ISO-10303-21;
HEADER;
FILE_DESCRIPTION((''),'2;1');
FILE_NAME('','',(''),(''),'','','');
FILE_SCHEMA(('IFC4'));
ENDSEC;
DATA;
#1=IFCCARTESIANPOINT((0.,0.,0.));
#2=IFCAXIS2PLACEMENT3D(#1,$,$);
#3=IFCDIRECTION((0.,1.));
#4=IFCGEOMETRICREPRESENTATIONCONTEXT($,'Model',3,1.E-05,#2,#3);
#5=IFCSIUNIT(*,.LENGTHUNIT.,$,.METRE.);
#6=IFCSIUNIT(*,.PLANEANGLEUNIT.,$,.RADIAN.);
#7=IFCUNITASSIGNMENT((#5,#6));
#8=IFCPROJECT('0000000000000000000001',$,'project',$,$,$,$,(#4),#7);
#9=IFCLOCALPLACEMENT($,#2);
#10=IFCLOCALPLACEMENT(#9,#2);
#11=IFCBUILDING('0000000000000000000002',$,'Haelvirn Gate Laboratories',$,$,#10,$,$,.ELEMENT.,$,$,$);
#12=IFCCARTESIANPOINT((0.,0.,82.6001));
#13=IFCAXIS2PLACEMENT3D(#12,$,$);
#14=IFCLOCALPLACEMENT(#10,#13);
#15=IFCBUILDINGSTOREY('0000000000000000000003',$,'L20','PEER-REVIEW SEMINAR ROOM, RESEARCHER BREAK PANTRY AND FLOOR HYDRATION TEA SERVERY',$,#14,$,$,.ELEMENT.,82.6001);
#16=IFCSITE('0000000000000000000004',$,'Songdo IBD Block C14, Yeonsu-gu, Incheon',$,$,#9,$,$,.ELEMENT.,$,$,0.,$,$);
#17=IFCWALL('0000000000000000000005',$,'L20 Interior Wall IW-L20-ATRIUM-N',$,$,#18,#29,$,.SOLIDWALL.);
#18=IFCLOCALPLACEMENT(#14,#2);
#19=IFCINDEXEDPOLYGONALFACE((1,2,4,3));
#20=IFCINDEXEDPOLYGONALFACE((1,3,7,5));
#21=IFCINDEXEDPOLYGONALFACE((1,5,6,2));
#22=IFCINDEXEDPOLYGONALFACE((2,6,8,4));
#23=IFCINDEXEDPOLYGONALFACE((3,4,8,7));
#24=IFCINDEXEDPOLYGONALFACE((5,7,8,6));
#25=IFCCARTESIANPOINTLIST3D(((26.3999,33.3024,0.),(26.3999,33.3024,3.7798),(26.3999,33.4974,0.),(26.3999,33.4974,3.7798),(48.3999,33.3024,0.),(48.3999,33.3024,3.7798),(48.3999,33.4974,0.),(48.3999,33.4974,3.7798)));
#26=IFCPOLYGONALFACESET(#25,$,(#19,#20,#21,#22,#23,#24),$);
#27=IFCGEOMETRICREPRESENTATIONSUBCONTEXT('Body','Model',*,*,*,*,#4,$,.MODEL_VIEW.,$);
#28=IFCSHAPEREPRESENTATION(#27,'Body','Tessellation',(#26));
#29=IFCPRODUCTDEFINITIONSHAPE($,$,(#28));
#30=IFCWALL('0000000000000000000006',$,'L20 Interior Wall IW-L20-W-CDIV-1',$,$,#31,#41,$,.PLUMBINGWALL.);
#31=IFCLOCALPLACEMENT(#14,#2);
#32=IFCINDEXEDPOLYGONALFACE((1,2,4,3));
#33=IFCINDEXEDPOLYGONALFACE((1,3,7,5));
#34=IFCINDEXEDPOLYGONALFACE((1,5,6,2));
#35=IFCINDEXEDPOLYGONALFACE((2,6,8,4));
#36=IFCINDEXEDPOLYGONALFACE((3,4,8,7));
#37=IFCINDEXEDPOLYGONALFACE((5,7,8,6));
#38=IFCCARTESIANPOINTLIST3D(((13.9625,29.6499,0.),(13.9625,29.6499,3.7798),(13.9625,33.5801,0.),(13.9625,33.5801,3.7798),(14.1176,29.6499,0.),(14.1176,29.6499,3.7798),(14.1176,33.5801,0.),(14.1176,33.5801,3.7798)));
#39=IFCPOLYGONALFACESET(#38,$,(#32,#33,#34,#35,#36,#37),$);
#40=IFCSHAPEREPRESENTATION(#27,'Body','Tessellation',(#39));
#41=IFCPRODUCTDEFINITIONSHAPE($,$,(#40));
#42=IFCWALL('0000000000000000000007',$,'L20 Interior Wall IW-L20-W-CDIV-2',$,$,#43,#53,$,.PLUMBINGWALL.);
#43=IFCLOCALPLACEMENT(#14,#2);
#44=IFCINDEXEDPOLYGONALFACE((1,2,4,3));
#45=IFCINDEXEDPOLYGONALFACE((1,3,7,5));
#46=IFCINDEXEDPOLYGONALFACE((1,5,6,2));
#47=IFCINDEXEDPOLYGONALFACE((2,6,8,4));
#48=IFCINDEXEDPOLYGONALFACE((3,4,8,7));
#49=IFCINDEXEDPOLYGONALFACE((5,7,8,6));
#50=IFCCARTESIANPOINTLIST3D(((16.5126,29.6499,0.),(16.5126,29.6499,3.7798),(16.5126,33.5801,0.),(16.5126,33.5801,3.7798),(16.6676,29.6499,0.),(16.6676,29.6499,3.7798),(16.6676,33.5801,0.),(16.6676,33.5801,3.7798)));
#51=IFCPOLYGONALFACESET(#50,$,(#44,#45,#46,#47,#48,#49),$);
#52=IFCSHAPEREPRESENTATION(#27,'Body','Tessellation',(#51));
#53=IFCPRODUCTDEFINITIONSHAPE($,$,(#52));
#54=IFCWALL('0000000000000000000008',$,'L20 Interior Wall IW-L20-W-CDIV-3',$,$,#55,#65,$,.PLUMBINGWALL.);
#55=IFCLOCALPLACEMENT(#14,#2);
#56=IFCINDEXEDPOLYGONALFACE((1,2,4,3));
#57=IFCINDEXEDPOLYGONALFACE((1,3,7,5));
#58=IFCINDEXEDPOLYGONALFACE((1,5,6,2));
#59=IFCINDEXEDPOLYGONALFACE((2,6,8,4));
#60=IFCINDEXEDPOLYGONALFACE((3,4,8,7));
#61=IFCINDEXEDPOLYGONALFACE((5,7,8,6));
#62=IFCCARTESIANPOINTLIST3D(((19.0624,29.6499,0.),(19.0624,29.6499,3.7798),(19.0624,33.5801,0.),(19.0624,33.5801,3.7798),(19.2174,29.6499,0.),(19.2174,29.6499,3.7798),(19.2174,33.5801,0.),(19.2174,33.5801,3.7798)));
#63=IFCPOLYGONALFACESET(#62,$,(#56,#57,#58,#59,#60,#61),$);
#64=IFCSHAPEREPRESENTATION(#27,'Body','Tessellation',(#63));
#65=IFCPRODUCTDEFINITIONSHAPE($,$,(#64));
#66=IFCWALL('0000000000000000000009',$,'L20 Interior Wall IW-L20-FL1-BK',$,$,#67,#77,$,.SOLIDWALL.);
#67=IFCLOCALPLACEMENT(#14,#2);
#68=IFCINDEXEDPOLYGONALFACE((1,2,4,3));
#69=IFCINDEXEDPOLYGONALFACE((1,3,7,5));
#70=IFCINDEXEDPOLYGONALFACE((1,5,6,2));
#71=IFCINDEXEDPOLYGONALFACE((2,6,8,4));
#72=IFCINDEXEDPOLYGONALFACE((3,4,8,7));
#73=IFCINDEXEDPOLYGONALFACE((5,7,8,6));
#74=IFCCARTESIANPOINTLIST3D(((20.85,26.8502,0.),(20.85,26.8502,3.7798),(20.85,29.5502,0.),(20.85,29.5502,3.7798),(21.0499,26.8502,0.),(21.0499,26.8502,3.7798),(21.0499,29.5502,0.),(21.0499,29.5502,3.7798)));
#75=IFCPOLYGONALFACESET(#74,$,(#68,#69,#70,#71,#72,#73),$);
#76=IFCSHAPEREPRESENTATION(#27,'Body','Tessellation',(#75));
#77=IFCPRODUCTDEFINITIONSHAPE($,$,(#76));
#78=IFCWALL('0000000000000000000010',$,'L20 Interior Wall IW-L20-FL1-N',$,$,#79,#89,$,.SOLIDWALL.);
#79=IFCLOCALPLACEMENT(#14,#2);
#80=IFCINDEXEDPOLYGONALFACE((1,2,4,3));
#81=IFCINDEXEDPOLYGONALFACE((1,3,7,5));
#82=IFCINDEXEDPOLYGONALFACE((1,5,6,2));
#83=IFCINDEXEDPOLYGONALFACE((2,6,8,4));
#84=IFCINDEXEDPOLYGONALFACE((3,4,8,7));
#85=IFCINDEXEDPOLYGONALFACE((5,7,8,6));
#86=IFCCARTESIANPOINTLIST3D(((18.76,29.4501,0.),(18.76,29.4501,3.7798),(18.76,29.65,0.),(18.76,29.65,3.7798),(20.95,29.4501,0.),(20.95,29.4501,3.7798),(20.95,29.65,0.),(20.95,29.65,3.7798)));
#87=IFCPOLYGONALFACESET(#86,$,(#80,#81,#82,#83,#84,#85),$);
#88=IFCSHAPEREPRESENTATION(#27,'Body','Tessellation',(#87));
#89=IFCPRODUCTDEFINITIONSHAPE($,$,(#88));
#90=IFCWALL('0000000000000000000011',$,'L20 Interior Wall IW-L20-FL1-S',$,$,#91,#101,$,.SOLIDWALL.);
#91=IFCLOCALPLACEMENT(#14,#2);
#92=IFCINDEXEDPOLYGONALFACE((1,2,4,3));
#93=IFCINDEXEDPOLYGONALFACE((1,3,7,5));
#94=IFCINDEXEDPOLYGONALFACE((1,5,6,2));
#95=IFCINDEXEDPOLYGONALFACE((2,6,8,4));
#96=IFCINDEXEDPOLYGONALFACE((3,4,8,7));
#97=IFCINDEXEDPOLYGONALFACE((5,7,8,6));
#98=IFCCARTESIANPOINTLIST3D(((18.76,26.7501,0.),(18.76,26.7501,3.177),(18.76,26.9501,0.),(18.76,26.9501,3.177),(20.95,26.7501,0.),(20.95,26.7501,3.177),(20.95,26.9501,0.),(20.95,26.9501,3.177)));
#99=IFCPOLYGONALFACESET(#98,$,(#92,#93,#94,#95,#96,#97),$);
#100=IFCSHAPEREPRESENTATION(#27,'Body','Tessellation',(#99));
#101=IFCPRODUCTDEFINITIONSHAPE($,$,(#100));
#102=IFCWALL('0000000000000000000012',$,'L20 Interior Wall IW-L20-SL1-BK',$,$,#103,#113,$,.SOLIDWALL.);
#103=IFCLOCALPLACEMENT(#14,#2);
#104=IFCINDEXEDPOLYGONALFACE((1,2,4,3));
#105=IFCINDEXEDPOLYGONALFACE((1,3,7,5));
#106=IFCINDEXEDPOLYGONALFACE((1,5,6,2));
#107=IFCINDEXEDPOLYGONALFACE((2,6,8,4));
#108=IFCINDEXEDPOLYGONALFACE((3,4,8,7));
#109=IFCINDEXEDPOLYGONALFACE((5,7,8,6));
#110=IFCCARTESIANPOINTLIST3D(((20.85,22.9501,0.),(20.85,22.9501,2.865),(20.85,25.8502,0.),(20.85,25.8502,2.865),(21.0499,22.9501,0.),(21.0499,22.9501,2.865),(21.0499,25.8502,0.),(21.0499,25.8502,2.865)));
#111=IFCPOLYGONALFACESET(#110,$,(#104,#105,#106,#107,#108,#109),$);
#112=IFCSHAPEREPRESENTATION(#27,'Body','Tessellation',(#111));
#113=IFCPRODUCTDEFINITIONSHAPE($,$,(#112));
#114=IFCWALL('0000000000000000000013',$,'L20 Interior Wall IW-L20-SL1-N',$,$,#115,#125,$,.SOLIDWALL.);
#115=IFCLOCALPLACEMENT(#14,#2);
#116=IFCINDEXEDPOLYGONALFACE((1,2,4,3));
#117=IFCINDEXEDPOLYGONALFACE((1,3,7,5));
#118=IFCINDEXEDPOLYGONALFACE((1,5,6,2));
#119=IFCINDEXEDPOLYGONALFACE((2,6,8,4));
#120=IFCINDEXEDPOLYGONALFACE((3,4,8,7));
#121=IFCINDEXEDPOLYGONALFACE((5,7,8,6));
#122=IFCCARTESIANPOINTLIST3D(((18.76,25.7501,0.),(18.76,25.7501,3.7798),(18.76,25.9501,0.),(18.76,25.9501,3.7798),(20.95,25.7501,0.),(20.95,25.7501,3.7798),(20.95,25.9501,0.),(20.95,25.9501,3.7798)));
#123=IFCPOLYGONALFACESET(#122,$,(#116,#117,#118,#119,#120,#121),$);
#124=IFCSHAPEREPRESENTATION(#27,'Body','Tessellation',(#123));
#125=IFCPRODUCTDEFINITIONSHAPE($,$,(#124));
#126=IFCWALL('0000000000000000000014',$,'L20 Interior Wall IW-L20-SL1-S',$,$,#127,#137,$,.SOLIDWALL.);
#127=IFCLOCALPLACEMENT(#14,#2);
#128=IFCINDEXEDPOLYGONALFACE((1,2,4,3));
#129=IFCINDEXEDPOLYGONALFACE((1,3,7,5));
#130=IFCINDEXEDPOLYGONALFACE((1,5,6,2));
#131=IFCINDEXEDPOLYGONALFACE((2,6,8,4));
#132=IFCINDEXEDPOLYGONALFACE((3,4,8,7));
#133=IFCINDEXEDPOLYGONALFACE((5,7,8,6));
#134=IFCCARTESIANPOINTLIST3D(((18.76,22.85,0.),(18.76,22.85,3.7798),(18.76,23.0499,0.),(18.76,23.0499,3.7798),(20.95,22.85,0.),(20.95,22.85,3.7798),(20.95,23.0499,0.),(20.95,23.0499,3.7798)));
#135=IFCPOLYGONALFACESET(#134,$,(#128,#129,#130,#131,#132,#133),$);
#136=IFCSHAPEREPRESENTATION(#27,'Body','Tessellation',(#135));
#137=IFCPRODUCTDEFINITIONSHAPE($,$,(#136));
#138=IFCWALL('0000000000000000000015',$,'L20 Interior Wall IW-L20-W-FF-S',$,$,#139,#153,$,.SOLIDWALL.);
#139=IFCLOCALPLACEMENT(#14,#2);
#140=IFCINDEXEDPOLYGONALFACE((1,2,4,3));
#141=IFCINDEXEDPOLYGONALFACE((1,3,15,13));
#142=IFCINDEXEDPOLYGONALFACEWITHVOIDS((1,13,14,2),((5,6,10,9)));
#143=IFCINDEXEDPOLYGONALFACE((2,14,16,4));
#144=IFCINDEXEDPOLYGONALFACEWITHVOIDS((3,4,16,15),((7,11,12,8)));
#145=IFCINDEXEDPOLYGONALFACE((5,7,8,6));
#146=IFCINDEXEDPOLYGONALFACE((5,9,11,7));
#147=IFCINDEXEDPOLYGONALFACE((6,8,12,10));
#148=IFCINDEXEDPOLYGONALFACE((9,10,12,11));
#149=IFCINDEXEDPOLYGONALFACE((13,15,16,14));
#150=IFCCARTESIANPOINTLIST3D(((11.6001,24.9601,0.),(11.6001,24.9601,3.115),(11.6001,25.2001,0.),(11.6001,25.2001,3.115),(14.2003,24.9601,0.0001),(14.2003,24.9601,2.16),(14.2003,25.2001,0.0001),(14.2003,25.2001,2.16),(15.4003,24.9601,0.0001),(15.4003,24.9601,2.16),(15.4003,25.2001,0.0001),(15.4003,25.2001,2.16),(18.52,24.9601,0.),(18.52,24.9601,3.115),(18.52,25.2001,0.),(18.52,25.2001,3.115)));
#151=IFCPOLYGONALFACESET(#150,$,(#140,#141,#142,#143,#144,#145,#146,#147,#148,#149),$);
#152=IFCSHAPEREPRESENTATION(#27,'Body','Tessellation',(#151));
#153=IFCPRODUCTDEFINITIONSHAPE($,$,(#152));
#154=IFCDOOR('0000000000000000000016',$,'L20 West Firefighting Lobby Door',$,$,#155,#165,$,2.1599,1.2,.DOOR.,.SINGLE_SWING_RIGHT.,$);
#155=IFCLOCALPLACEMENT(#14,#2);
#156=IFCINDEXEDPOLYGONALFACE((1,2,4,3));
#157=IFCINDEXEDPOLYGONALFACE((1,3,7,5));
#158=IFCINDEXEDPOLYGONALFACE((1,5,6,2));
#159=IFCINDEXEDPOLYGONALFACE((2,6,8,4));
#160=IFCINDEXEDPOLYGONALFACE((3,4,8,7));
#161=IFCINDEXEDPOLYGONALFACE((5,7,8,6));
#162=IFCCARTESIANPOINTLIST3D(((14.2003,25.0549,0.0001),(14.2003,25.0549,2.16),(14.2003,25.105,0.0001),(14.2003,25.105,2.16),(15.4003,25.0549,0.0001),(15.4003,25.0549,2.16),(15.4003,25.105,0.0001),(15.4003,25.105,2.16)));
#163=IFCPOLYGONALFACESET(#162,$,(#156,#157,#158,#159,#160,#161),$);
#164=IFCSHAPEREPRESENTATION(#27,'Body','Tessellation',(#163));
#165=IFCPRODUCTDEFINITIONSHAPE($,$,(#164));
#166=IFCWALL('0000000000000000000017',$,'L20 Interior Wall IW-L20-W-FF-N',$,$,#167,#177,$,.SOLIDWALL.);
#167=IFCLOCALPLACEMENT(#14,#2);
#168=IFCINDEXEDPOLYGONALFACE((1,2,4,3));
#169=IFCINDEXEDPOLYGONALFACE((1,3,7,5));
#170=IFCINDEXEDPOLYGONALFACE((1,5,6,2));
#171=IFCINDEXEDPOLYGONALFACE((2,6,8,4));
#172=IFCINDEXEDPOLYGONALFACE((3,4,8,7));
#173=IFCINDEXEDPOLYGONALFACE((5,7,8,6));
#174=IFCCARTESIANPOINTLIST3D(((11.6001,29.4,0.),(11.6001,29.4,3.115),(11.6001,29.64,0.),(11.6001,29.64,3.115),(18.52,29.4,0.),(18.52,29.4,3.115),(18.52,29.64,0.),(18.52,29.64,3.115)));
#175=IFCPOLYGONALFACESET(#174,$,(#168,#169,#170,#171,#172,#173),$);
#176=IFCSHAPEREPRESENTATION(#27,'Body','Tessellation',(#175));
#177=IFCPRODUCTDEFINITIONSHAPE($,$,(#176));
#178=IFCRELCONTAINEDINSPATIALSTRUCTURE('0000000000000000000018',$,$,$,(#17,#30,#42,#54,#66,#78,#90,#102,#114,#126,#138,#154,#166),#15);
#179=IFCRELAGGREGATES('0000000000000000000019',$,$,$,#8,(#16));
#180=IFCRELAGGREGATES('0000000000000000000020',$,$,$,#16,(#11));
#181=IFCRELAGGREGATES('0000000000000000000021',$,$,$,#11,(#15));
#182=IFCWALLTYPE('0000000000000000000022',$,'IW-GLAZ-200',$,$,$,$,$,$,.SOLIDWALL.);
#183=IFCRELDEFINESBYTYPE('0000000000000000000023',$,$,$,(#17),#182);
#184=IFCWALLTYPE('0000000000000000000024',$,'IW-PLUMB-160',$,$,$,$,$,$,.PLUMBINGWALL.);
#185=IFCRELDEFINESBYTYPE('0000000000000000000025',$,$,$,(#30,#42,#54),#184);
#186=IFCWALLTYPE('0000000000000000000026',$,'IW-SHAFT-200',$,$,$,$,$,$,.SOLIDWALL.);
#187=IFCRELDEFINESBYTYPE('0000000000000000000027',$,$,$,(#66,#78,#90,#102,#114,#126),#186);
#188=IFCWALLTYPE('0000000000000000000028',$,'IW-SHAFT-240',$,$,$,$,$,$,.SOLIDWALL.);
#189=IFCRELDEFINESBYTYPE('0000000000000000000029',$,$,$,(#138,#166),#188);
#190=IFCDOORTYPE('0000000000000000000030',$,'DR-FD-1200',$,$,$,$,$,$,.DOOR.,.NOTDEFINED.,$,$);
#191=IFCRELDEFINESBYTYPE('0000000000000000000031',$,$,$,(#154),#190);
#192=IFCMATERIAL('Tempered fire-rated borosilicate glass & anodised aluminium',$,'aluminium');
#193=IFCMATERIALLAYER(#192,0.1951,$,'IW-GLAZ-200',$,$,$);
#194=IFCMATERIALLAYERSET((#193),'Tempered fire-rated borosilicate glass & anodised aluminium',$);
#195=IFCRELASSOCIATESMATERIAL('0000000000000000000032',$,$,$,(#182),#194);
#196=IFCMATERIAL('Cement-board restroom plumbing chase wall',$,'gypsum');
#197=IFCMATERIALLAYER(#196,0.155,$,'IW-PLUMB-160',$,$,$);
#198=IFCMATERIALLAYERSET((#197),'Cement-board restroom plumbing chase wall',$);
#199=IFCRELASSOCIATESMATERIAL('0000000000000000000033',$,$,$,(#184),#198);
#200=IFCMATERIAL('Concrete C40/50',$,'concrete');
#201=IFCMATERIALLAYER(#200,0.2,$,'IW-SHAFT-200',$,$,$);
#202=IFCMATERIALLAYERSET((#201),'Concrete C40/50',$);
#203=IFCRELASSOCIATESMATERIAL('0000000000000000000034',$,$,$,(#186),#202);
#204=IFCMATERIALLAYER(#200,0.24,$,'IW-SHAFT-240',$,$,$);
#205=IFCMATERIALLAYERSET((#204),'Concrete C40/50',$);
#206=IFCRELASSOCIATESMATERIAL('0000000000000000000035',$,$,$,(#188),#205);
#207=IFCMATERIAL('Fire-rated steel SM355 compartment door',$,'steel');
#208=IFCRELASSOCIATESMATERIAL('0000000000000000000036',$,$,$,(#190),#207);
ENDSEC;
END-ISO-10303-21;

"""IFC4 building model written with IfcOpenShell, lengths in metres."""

from ifc_helpers import new_model, si_unit, direction, frame, frame_2d, origin, place, context, subcontext, project, spatial, rectangle, extrude, source, transform, mapped, material, layer, layer_set, type_object, type_shapes, element, fill, save


model = new_model("IFC4")

# Units and contexts
model_context = context("Model", 3, precision=1e-05, world=origin(), true_north=direction((0.0, 1.0)))
body_context = subcontext(model_context, "Body", "Model", "MODEL_VIEW")
ifc_project = project(units=[si_unit("LENGTHUNIT", "METRE"), si_unit("PLANEANGLEUNIT", "RADIAN")], contexts=[model_context])

# Site, building, storey
site_placement = place(None, origin())
site = spatial("IfcSite", under=ifc_project, at=site_placement, Name="Songdo IBD Block C14, Yeonsu-gu, Incheon", CompositionType="ELEMENT", RefElevation=0.0)
building_placement = place(site_placement, origin())
building = spatial("IfcBuilding", under=site, at=building_placement, Name="Haelvirn Gate Laboratories", CompositionType="ELEMENT")
storey_placement = place(building_placement, frame((0.0, 0.0, 82.6001)))
storey = spatial("IfcBuildingStorey", under=building, at=storey_placement, Name="L20", Description="PEER-REVIEW SEMINAR ROOM, RESEARCHER BREAK PANTRY AND FLOOR HYDRATION TEA SERVERY", CompositionType="ELEMENT", Elevation=82.6001)

# Walls
ifc_material_1 = material(Name="Tempered fire-rated borosilicate glass & anodised aluminium", Category="aluminium")
ifc_layer_1 = layer(ifc_material_1, 0.1951, Name="IW-GLAZ-200")
ifc_layer_set_1 = layer_set([ifc_layer_1], Name="Tempered fire-rated borosilicate glass & anodised aluminium")
wall_type_1 = type_object("IfcWallType", Name="IW-GLAZ-200", PredefinedType="SOLIDWALL", material=ifc_layer_set_1)
wall_1_placement = place(storey_placement, frame((26.3999, 33.3999, 0.0), z_axis=(0.0, 0.0, 1.0), x_axis=(1.0, 0.0, 0.0)))
element("IfcWall", 1, at=wall_1_placement, inside=storey, type_object=wall_type_1, Name="L20 Interior Wall IW-L20-ATRIUM-N", PredefinedType="SOLIDWALL", context=body_context, shape_type="SweptSolid", body=[
    extrude(rectangle(XDim=22.0, YDim=0.1951, at=frame_2d((11.0, 0.0))), origin(), (0.0, 0.0, 1.0), 3.7798),
])
ifc_material_2 = material(Name="Cement-board restroom plumbing chase wall", Category="gypsum")
ifc_layer_2 = layer(ifc_material_2, 0.155, Name="IW-PLUMB-160")
ifc_layer_set_2 = layer_set([ifc_layer_2], Name="Cement-board restroom plumbing chase wall")
wall_type_2 = type_object("IfcWallType", Name="IW-PLUMB-160", PredefinedType="PLUMBINGWALL", material=ifc_layer_set_2)
for number, where, z_axis, x_axis, name in (
    (2, (14.04, 29.6499, 0.0), (0.0, 0.0, 1.0), (0.0, 1.0, 0.0), "L20 Interior Wall IW-L20-W-CDIV-1"),
    (3, (16.5901, 29.6499, 0.0), (0.0, 0.0, 1.0), (0.0, 1.0, 0.0), "L20 Interior Wall IW-L20-W-CDIV-2"),
    (4, (19.1399, 29.6499, 0.0), (0.0, 0.0, 1.0), (0.0, 1.0, 0.0), "L20 Interior Wall IW-L20-W-CDIV-3"),
):
    element("IfcWall", number, at=place(storey_placement, frame(where, z_axis=z_axis, x_axis=x_axis)), inside=storey, type_object=wall_type_2, Name=name, PredefinedType="PLUMBINGWALL", context=body_context, shape_type="SweptSolid", body=[
        extrude(rectangle(XDim=3.9302, YDim=0.155, at=frame_2d((1.9651, 0.0))), origin(), (0.0, 0.0, 1.0), 3.7798),
    ])
ifc_material_3 = material(Name="Concrete C40/50", Category="concrete")
ifc_layer_3 = layer(ifc_material_3, 0.2, Name="IW-SHAFT-200")
ifc_layer_set_3 = layer_set([ifc_layer_3], Name="Concrete C40/50")
wall_type_3 = type_object("IfcWallType", Name="IW-SHAFT-200", PredefinedType="SOLIDWALL", material=ifc_layer_set_3)
wall_2_placement = place(storey_placement, frame((20.95, 26.8501, 0.0), z_axis=(0.0, 0.0, 1.0), x_axis=(0.0, 1.0, 0.0)))
element("IfcWall", 5, at=wall_2_placement, inside=storey, type_object=wall_type_3, Name="L20 Interior Wall IW-L20-FL1-BK", PredefinedType="SOLIDWALL", context=body_context, shape_type="SweptSolid", body=[
    extrude(rectangle(XDim=2.7, YDim=0.2, at=frame_2d((1.3501, 0.0))), origin(), (0.0, 0.0, 1.0), 3.7798),
])
wall_3_placement = place(storey_placement, frame((18.76, 29.55, 0.0), z_axis=(0.0, 0.0, 1.0), x_axis=(1.0, 0.0, 0.0)))
element("IfcWall", 6, at=wall_3_placement, inside=storey, type_object=wall_type_3, Name="L20 Interior Wall IW-L20-FL1-N", PredefinedType="SOLIDWALL", context=body_context, shape_type="SweptSolid", body=[
    extrude(rectangle(XDim=2.1899, YDim=0.2, at=frame_2d((1.095, 0.0))), origin(), (0.0, 0.0, 1.0), 3.7798),
])
wall_4_placement = place(storey_placement, frame((18.76, 26.8501, 0.0), z_axis=(0.0, 0.0, 1.0), x_axis=(1.0, 0.0, 0.0)))
element("IfcWall", 7, at=wall_4_placement, inside=storey, type_object=wall_type_3, Name="L20 Interior Wall IW-L20-FL1-S", PredefinedType="SOLIDWALL", context=body_context, shape_type="SweptSolid", body=[
    extrude(rectangle(XDim=2.1899, YDim=0.2, at=frame_2d((1.095, 0.0))), origin(), (0.0, 0.0, 1.0), 3.177),
])
wall_5_placement = place(storey_placement, frame((20.95, 22.95, 0.0), z_axis=(0.0, 0.0, 1.0), x_axis=(0.0, 1.0, 0.0)))
element("IfcWall", 8, at=wall_5_placement, inside=storey, type_object=wall_type_3, Name="L20 Interior Wall IW-L20-SL1-BK", PredefinedType="SOLIDWALL", context=body_context, shape_type="SweptSolid", body=[
    extrude(rectangle(XDim=2.9001, YDim=0.2, at=frame_2d((1.4502, 0.0))), origin(), (0.0, 0.0, 1.0), 2.865),
])
for number, where, z_axis, x_axis, name in (
    (9, (18.76, 25.8501, 0.0), (0.0, 0.0, 1.0), (1.0, 0.0, 0.0), "L20 Interior Wall IW-L20-SL1-N"),
    (10, (18.76, 22.95, 0.0), (0.0, 0.0, 1.0), (1.0, 0.0, 0.0), "L20 Interior Wall IW-L20-SL1-S"),
):
    element("IfcWall", number, at=place(storey_placement, frame(where, z_axis=z_axis, x_axis=x_axis)), inside=storey, type_object=wall_type_3, Name=name, PredefinedType="SOLIDWALL", context=body_context, shape_type="SweptSolid", body=[
        extrude(rectangle(XDim=2.1899, YDim=0.2, at=frame_2d((1.095, 0.0))), origin(), (0.0, 0.0, 1.0), 3.7798),
    ])

# Wall, opening, door
ifc_layer_4 = layer(ifc_material_3, 0.24, Name="IW-SHAFT-240")
ifc_layer_set_4 = layer_set([ifc_layer_4], Name="Concrete C40/50")
wall_type_4 = type_object("IfcWallType", Name="IW-SHAFT-240", PredefinedType="SOLIDWALL", material=ifc_layer_set_4)
wall_6_placement = place(storey_placement, frame((11.6001, 25.0801, 0.0), z_axis=(0.0, 0.0, 1.0), x_axis=(1.0, 0.0, 0.0)))
wall_6 = element("IfcWall", 11, at=wall_6_placement, inside=storey, type_object=wall_type_4, Name="L20 Interior Wall IW-L20-W-FF-S", PredefinedType="SOLIDWALL", context=body_context, shape_type="SweptSolid", body=[
    extrude(rectangle(XDim=6.9199, YDim=0.24, at=frame_2d((3.46, 0.0))), origin(), (0.0, 0.0, 1.0), 3.115),
])
opening_1_placement = place(wall_6_placement, frame((2.6001, 0.0, 0.0)))
opening_1 = element("IfcOpeningElement", 12, at=opening_1_placement, cuts=wall_6, PredefinedType="OPENING", context=body_context, shape_type="SweptSolid", body=[
    extrude(rectangle(XDim=1.2, YDim=2.1599, at=frame_2d((0.6001, 1.0801))), frame((0.0, 0.1299, 0.0), z_axis=(0.0, -1.0, 0.0), x_axis=(1.0, 0.0, 0.0)), (0.0, 0.0, 1.0), 0.26),
])
ifc_material_4 = material(Name="Fire-rated steel SM355 compartment door", Category="steel")
door_type_1 = type_object("IfcDoorType", Name="DR-FD-1200", OperationType="NOTDEFINED", PredefinedType="DOOR", material=ifc_material_4)
shared_shape_1 = source(origin(), body_context, "Body", "SweptSolid", [
    extrude(rectangle(XDim=1.2, YDim=2.1599, at=frame_2d((0.6001, 1.0801))), frame((0.0, 0.0249, 0.0), z_axis=(0.0, -1.0, 0.0), x_axis=(1.0, 0.0, 0.0)), (0.0, 0.0, 1.0), 0.05),
])
type_shapes(door_type_1, [shared_shape_1])
door_1_placement = place(opening_1_placement, origin())
door_1 = element("IfcDoor", 13, at=door_1_placement, inside=storey, type_object=door_type_1, Name="L20 West Firefighting Lobby Door", OperationType="SINGLE_SWING_RIGHT", OverallHeight=2.1599, OverallWidth=1.2, PredefinedType="DOOR", context=body_context, shape_type="MappedRepresentation", body=[
    mapped(shared_shape_1, transform((0.0, 0.0, 0.0), scale=1.0)),
])
fill(opening_1, door_1)

# Wall
wall_7_placement = place(storey_placement, frame((11.6001, 29.52, 0.0), z_axis=(0.0, 0.0, 1.0), x_axis=(1.0, 0.0, 0.0)))
element("IfcWall", 14, at=wall_7_placement, inside=storey, type_object=wall_type_4, Name="L20 Interior Wall IW-L20-W-FF-N", PredefinedType="SOLIDWALL", context=body_context, shape_type="SweptSolid", body=[
    extrude(rectangle(XDim=6.9199, YDim=0.24, at=frame_2d((3.46, 0.0))), origin(), (0.0, 0.0, 1.0), 3.115),
])

save(model, "model.ifc")
